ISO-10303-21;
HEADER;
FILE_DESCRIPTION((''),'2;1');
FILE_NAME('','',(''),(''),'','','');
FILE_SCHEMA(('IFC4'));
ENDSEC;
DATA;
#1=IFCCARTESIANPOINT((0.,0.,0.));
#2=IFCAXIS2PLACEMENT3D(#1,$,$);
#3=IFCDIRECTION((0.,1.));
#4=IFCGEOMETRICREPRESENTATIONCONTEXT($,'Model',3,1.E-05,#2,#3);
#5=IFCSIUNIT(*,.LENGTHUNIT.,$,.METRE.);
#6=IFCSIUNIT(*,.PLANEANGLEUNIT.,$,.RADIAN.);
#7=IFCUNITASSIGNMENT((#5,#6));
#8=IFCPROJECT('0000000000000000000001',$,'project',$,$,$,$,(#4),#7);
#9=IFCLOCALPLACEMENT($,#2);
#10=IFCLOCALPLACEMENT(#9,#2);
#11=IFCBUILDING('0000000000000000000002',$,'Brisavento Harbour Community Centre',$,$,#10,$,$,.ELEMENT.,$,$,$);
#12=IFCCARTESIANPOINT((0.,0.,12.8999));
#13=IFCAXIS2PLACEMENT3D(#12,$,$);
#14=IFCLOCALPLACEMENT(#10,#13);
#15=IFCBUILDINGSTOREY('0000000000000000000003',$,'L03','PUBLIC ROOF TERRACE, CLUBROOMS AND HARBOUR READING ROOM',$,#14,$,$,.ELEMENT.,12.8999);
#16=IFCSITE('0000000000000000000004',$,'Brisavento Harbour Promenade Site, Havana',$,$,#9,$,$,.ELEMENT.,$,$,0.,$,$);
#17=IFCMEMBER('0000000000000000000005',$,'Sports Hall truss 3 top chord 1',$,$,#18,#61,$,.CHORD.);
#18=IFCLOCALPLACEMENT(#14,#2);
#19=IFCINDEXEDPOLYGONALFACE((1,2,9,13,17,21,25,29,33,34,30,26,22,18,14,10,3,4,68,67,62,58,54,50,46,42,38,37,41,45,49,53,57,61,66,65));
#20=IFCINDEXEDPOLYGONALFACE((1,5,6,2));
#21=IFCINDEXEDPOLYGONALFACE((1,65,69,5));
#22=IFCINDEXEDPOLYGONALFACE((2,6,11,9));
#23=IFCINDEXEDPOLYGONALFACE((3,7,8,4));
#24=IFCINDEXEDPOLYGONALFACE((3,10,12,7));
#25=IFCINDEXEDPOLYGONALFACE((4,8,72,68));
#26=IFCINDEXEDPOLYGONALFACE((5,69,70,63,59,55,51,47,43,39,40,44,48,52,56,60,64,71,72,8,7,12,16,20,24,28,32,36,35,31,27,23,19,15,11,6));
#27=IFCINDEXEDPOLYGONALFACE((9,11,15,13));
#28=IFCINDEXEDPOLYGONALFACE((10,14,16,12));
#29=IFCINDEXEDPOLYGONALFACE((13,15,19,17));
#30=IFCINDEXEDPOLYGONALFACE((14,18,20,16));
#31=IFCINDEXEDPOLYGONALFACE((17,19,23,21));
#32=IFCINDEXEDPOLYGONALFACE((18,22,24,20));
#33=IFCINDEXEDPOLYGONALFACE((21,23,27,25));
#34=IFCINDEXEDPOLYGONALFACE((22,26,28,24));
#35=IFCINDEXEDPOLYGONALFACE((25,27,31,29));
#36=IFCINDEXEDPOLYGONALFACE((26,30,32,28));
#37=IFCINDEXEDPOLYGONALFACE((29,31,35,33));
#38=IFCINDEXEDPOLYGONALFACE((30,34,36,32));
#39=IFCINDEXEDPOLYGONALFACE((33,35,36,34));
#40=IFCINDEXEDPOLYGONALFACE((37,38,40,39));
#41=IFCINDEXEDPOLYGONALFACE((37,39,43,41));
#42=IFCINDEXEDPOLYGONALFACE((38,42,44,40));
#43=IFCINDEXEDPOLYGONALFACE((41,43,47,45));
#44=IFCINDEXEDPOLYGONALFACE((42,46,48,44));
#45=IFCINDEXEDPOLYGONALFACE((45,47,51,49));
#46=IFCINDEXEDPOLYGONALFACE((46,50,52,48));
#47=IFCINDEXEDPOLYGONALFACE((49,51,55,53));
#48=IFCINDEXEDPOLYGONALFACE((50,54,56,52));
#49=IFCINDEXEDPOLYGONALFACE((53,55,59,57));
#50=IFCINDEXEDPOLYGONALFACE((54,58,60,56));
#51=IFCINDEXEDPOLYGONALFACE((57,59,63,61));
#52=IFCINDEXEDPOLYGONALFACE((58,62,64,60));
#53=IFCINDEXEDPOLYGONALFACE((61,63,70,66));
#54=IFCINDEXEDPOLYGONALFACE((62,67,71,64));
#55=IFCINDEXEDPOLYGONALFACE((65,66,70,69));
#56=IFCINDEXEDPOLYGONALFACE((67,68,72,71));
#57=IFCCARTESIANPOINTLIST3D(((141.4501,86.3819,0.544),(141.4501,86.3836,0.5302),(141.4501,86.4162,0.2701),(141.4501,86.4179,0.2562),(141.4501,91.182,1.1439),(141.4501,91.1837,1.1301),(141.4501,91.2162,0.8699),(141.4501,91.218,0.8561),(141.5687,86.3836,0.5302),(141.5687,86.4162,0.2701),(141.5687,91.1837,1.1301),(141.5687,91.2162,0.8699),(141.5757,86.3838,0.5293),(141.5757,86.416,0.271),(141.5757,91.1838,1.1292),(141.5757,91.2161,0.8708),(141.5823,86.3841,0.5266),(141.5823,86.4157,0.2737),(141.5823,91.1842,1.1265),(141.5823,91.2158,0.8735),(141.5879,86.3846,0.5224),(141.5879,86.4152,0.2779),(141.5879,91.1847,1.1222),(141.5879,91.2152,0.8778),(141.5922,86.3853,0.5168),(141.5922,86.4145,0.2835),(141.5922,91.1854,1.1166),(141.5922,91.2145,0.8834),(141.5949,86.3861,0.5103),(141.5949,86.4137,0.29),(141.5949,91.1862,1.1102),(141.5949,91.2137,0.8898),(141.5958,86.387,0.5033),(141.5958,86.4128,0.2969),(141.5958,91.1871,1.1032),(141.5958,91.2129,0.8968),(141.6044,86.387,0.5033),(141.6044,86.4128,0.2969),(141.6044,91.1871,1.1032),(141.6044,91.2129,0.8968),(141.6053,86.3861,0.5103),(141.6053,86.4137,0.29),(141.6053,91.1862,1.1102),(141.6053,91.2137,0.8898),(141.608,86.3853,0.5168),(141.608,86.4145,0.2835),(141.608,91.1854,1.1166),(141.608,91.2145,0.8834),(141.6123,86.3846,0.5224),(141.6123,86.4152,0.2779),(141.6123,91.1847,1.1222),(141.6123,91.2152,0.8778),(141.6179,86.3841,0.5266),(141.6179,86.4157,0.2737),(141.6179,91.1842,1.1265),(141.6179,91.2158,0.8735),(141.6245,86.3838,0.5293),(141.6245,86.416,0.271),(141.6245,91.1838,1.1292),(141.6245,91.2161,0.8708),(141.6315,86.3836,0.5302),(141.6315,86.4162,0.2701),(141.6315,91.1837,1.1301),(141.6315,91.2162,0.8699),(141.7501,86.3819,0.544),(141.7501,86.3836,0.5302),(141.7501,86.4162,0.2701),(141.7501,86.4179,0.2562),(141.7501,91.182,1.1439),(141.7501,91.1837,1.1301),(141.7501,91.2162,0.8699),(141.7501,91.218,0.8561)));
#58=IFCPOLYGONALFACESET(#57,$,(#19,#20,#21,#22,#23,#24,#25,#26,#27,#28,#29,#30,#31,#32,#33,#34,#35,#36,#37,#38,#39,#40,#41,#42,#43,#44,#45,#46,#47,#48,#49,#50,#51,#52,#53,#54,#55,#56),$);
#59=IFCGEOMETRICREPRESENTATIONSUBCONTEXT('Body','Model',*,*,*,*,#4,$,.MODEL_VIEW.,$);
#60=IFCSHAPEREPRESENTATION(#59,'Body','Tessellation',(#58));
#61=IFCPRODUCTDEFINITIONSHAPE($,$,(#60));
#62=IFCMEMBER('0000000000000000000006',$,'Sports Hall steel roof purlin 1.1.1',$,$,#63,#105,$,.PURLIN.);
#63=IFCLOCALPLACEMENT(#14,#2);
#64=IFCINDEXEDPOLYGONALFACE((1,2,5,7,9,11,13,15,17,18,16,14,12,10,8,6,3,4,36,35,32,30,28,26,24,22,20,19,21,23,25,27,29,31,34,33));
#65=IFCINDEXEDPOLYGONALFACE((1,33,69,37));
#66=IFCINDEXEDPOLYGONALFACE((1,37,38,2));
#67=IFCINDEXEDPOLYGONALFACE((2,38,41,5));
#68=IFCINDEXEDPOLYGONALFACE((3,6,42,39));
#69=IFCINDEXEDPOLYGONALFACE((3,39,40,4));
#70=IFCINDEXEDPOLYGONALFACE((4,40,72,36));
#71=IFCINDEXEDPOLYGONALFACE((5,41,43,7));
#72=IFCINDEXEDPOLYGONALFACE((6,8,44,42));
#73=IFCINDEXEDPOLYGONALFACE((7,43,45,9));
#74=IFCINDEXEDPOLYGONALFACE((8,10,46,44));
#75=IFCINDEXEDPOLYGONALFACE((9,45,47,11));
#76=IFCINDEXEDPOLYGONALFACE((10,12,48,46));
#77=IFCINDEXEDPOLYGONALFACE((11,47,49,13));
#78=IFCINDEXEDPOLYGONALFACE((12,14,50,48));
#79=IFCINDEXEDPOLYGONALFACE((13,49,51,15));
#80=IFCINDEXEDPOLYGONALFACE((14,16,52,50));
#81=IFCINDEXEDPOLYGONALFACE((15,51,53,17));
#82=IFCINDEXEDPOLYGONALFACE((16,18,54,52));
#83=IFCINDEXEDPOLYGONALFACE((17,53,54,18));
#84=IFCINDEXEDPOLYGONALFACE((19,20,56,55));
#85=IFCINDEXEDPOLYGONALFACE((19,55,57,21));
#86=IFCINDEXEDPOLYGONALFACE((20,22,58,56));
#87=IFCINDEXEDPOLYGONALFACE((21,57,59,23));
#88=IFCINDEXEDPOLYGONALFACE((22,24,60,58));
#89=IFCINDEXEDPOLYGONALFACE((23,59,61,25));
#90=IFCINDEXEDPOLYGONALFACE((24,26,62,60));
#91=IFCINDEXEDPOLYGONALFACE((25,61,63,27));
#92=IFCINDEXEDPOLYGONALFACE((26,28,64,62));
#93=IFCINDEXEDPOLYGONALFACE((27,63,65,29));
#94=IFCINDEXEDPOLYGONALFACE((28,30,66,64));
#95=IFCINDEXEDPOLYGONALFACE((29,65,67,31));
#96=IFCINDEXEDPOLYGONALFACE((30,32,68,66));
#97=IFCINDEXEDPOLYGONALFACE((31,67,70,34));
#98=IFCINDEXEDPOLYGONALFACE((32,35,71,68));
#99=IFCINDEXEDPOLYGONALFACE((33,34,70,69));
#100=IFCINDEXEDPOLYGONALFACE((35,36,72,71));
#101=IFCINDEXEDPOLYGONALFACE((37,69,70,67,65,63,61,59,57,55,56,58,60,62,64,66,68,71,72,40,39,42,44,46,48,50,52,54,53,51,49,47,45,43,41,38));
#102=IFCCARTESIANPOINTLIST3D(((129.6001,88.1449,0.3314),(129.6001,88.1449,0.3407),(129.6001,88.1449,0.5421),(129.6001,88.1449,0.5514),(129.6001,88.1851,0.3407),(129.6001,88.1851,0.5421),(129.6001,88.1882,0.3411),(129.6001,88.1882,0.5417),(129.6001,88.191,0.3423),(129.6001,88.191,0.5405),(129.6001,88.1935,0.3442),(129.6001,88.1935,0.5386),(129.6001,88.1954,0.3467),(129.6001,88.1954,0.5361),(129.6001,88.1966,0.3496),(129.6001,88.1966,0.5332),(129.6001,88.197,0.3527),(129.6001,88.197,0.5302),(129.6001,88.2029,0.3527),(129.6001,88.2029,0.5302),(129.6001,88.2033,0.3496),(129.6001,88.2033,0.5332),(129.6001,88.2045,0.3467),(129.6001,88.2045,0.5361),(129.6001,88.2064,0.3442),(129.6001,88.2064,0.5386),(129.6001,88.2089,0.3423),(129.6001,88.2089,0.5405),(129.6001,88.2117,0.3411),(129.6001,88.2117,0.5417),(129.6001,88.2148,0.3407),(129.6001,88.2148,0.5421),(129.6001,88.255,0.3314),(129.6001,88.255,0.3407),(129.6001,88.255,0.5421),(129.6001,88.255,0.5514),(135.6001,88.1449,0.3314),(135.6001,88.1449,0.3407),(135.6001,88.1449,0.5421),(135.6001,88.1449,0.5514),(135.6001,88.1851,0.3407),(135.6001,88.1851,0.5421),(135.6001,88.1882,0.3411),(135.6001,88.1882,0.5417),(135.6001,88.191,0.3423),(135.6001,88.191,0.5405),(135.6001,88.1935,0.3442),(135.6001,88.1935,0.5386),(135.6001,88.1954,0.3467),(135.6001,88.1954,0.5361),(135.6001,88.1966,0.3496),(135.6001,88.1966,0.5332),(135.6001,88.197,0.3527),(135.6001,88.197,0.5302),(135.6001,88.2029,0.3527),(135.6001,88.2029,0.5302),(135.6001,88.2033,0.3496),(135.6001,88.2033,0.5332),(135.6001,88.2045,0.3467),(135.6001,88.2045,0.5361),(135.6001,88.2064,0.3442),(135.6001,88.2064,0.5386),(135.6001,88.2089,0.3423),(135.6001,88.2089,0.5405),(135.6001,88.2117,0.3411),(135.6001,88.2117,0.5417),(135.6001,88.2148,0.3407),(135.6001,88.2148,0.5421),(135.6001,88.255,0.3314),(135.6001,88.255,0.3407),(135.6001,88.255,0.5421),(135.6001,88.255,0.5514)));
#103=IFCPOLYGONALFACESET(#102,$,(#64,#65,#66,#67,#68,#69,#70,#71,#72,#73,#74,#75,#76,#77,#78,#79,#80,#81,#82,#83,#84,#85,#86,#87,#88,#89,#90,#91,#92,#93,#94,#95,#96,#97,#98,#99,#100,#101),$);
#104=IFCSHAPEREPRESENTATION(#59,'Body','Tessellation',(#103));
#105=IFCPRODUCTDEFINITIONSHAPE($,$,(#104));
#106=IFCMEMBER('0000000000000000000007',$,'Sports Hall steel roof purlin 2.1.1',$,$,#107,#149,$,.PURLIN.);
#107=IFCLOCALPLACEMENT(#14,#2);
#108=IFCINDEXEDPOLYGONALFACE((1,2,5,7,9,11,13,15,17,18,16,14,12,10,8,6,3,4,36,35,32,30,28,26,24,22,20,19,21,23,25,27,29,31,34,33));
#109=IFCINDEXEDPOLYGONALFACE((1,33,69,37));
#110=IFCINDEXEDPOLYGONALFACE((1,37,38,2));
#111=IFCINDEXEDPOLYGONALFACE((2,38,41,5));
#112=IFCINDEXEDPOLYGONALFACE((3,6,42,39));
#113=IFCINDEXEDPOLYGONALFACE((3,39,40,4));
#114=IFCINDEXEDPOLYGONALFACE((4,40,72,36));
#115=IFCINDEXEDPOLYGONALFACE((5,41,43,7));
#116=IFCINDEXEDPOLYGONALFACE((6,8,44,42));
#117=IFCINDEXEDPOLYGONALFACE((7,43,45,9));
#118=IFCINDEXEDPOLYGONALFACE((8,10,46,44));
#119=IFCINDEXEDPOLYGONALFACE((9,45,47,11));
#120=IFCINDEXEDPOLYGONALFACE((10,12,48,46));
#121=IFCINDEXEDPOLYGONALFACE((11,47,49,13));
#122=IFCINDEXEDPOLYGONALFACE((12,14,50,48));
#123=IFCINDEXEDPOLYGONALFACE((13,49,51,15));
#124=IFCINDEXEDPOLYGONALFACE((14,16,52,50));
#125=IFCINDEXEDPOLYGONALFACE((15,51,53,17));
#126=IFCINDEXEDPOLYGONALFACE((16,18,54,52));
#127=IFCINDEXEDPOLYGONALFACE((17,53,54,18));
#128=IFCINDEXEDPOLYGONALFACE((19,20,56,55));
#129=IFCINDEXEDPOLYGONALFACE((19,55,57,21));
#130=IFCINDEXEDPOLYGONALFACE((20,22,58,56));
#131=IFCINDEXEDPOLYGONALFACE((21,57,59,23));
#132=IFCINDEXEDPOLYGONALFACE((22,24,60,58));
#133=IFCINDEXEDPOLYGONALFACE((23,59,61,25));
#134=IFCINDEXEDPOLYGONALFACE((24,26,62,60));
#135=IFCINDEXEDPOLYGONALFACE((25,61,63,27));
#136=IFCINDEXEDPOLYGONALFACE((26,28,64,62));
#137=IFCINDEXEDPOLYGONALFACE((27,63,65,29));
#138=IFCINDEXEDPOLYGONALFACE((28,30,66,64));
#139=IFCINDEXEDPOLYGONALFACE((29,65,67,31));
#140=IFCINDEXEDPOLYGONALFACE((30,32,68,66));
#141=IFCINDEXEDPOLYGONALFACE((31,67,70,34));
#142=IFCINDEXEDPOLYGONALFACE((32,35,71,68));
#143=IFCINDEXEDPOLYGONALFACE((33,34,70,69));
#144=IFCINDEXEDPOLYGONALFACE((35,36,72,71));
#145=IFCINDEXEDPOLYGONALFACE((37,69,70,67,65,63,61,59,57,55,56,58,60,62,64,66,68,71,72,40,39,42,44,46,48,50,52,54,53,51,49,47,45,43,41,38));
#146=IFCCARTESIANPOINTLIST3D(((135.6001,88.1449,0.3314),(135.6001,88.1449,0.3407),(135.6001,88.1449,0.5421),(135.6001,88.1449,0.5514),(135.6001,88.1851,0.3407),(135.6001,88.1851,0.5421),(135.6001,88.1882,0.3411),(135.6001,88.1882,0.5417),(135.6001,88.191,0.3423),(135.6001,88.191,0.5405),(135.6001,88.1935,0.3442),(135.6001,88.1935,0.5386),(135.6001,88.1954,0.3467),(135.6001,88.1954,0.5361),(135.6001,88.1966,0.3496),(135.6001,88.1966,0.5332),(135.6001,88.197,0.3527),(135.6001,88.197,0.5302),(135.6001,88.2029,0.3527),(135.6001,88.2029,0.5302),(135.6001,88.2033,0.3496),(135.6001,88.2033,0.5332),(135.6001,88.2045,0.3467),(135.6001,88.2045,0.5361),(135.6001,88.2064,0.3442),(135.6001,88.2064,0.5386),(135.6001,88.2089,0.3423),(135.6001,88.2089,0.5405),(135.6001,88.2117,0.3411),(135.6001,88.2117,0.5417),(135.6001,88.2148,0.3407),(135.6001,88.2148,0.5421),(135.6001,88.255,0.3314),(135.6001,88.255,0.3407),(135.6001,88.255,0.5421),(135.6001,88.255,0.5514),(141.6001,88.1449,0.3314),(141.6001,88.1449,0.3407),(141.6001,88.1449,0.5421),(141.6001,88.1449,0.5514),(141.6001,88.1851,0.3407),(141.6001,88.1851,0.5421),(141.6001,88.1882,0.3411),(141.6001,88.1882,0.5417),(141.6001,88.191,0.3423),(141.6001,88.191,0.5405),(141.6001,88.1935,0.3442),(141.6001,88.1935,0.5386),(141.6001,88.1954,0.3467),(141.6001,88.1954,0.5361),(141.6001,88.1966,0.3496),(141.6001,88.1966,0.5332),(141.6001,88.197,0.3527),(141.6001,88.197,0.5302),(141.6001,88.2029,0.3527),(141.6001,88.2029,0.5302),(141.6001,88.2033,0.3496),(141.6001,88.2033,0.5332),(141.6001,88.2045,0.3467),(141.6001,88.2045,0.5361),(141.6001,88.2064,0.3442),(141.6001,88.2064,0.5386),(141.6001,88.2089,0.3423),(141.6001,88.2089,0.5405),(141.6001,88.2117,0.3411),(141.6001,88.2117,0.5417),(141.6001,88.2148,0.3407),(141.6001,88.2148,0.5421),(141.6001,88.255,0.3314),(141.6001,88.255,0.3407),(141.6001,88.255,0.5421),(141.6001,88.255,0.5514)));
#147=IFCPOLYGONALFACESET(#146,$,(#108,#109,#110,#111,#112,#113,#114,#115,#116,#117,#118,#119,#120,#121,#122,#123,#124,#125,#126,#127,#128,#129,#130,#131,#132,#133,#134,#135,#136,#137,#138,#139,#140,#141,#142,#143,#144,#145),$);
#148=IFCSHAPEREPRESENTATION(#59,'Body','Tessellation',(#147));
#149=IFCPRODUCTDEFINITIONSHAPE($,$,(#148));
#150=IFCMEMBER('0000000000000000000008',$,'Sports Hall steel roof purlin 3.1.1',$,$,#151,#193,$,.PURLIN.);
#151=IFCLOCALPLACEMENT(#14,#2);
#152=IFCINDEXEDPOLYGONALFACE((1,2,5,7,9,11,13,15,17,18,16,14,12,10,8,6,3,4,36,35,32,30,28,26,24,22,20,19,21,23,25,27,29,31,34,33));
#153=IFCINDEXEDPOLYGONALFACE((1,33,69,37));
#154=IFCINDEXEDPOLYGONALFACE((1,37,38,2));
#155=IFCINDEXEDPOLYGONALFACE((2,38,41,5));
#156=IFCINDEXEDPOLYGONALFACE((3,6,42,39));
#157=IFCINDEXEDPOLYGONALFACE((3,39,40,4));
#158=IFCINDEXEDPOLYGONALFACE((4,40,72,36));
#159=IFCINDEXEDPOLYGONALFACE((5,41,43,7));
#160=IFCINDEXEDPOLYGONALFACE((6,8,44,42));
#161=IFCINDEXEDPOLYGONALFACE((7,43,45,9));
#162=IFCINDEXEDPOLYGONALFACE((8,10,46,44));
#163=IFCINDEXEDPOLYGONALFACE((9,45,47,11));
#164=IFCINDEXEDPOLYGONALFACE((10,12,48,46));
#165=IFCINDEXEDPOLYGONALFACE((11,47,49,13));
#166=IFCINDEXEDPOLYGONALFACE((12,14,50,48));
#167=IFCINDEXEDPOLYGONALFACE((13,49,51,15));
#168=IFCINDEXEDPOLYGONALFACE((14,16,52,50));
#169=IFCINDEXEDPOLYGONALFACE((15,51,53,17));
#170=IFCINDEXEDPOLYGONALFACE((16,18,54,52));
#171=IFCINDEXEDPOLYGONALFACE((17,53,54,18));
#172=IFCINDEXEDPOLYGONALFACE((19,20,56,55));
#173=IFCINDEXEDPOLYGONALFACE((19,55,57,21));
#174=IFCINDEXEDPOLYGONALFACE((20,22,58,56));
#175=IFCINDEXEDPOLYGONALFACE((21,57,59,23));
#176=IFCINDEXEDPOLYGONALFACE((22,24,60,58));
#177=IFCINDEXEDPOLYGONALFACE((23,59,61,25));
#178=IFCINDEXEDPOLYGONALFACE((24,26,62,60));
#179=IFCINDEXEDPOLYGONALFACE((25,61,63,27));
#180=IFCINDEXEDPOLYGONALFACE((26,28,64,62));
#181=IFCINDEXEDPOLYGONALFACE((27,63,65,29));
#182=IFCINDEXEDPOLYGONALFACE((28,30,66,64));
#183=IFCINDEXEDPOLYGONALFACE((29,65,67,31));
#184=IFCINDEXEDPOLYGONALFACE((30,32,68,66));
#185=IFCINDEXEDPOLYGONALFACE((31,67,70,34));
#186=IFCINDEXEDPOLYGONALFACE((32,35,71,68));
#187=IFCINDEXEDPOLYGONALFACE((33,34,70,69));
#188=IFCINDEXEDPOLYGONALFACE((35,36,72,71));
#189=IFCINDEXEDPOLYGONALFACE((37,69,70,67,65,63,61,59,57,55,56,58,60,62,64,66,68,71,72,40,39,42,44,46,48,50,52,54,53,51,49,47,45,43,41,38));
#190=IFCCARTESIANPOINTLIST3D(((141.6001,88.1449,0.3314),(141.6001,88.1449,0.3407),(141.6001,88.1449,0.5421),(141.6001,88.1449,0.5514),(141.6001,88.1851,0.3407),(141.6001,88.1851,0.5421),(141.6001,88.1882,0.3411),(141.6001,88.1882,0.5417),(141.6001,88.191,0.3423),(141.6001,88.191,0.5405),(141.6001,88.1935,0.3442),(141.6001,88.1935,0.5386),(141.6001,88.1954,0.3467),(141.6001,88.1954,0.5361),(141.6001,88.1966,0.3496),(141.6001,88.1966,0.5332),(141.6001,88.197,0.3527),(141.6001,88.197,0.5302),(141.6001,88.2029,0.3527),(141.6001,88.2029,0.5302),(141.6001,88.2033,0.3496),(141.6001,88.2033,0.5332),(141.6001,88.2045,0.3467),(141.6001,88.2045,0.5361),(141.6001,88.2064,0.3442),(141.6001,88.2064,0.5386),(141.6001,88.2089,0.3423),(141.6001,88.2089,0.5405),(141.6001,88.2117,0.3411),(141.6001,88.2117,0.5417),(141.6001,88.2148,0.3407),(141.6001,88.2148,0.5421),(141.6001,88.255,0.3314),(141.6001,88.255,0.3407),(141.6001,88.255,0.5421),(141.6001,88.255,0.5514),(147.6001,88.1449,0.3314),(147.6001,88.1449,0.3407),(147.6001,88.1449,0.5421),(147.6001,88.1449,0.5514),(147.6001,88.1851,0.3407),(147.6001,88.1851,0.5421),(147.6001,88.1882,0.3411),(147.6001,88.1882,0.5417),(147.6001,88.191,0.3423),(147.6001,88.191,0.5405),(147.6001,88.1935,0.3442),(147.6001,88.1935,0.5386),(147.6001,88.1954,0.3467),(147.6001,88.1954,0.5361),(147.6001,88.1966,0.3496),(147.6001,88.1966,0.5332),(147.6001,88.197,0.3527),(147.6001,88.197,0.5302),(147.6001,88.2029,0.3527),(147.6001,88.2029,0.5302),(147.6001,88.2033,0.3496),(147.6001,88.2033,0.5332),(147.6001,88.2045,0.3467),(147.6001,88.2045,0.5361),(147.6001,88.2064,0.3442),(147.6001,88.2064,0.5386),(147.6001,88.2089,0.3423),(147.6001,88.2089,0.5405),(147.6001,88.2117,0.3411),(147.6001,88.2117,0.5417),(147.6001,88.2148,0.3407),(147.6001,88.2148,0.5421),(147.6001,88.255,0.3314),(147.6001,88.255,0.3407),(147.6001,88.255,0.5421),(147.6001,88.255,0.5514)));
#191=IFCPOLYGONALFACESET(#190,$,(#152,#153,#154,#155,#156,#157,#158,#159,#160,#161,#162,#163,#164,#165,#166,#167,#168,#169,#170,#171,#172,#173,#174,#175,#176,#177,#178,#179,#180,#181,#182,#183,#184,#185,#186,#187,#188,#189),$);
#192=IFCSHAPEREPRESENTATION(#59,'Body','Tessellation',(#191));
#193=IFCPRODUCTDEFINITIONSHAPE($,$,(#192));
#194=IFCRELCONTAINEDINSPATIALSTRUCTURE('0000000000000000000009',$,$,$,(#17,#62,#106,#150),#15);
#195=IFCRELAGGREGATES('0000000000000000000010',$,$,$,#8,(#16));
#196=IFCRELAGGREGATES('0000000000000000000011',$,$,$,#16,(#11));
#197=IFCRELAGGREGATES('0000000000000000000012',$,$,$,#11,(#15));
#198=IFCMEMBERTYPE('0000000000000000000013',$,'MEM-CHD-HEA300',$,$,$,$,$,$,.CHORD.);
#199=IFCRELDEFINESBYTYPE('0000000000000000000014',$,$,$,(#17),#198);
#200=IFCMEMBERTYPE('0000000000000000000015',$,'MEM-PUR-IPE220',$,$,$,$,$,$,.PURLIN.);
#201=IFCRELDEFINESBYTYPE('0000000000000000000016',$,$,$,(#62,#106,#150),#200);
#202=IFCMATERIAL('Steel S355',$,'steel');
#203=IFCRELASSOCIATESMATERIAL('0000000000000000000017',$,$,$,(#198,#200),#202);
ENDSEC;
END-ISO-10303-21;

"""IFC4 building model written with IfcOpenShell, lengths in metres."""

from ifc_helpers import new_model, si_unit, direction, frame, origin, origin_2d, place, context, subcontext, project, spatial, i_section, extrude, material, material_profile, profile_set, type_object, element, save


model = new_model("IFC4")

# Units and contexts
model_context = context("Model", 3, precision=1e-05, world=origin(), true_north=direction((0.0, 1.0)))
body_context = subcontext(model_context, "Body", "Model", "MODEL_VIEW")
ifc_project = project(units=[si_unit("LENGTHUNIT", "METRE"), si_unit("PLANEANGLEUNIT", "RADIAN")], contexts=[model_context])

# Site, building, storey
site_placement = place(None, origin())
site = spatial("IfcSite", under=ifc_project, at=site_placement, Name="Brisavento Harbour Promenade Site, Havana", CompositionType="ELEMENT", RefElevation=0.0)
building_placement = place(site_placement, origin())
building = spatial("IfcBuilding", under=site, at=building_placement, Name="Brisavento Harbour Community Centre", CompositionType="ELEMENT")
storey_placement = place(building_placement, frame((0.0, 0.0, 12.8999)))
storey = spatial("IfcBuildingStorey", under=building, at=storey_placement, Name="L03", Description="PUBLIC ROOF TERRACE, CLUBROOMS AND HARBOUR READING ROOM", CompositionType="ELEMENT", Elevation=12.8999)

# Members
ifc_material_1 = material(Name="Steel S355", Category="steel")
ifc_material_profile_1 = material_profile(ifc_material_1, i_section(OverallWidth=0.3, OverallDepth=0.29, WebThickness=0.0085, FlangeThickness=0.0139, FilletRadius=0.0271, at=origin_2d()), Name="Steel S355")
ifc_profile_set_1 = profile_set([ifc_material_profile_1], Name="Steel S355")
member_type_1 = type_object("IfcMemberType", Name="MEM-CHD-HEA300", PredefinedType="CHORD", material=ifc_profile_set_1)
for number, where, z_axis, x_axis, name in (
    (1, (141.6001, 86.3999, 0.4001), (0.0, 0.992282, 0.124004), (-1.0, 0.0, 0.0), "Sports Hall truss 3 top chord 1"),
):
    element("IfcMember", number, at=place(storey_placement, frame(where, z_axis=z_axis, x_axis=x_axis)), inside=storey, type_object=member_type_1, Name=name, PredefinedType="CHORD", context=body_context, shape_type="SweptSolid", body=[
        extrude(i_section(OverallWidth=0.3, OverallDepth=0.29, WebThickness=0.0085, FlangeThickness=0.0139, FilletRadius=0.0271, at=origin_2d()), origin(), (0.0, 0.0, 1.0), 4.8374),
    ])
ifc_material_profile_2 = material_profile(ifc_material_1, i_section(OverallWidth=0.1101, OverallDepth=0.22, WebThickness=0.0059, FlangeThickness=0.0093, FilletRadius=0.012, at=origin_2d()), Name="Steel S355")
ifc_profile_set_2 = profile_set([ifc_material_profile_2], Name="Steel S355")
member_type_2 = type_object("IfcMemberType", Name="MEM-PUR-IPE220", PredefinedType="PURLIN", material=ifc_profile_set_2)
for number, where, z_axis, x_axis, name in (
    (2, (129.6001, 88.2, 0.4414), (1.0, 0.0, 0.0), (0.0, 1.0, 0.0), "Sports Hall steel roof purlin 1.1.1"),
    (3, (135.6001, 88.2, 0.4414), (1.0, 0.0, 0.0), (0.0, 1.0, 0.0), "Sports Hall steel roof purlin 2.1.1"),
    (4, (141.6001, 88.2, 0.4414), (1.0, 0.0, 0.0), (0.0, 1.0, 0.0), "Sports Hall steel roof purlin 3.1.1"),
):
    element("IfcMember", number, at=place(storey_placement, frame(where, z_axis=z_axis, x_axis=x_axis)), inside=storey, type_object=member_type_2, Name=name, PredefinedType="PURLIN", context=body_context, shape_type="SweptSolid", body=[
        extrude(i_section(OverallWidth=0.1101, OverallDepth=0.22, WebThickness=0.0059, FlangeThickness=0.0093, FilletRadius=0.012, at=origin_2d()), origin(), (0.0, 0.0, 1.0), 6.0),
    ])

save(model, "model.ifc")
